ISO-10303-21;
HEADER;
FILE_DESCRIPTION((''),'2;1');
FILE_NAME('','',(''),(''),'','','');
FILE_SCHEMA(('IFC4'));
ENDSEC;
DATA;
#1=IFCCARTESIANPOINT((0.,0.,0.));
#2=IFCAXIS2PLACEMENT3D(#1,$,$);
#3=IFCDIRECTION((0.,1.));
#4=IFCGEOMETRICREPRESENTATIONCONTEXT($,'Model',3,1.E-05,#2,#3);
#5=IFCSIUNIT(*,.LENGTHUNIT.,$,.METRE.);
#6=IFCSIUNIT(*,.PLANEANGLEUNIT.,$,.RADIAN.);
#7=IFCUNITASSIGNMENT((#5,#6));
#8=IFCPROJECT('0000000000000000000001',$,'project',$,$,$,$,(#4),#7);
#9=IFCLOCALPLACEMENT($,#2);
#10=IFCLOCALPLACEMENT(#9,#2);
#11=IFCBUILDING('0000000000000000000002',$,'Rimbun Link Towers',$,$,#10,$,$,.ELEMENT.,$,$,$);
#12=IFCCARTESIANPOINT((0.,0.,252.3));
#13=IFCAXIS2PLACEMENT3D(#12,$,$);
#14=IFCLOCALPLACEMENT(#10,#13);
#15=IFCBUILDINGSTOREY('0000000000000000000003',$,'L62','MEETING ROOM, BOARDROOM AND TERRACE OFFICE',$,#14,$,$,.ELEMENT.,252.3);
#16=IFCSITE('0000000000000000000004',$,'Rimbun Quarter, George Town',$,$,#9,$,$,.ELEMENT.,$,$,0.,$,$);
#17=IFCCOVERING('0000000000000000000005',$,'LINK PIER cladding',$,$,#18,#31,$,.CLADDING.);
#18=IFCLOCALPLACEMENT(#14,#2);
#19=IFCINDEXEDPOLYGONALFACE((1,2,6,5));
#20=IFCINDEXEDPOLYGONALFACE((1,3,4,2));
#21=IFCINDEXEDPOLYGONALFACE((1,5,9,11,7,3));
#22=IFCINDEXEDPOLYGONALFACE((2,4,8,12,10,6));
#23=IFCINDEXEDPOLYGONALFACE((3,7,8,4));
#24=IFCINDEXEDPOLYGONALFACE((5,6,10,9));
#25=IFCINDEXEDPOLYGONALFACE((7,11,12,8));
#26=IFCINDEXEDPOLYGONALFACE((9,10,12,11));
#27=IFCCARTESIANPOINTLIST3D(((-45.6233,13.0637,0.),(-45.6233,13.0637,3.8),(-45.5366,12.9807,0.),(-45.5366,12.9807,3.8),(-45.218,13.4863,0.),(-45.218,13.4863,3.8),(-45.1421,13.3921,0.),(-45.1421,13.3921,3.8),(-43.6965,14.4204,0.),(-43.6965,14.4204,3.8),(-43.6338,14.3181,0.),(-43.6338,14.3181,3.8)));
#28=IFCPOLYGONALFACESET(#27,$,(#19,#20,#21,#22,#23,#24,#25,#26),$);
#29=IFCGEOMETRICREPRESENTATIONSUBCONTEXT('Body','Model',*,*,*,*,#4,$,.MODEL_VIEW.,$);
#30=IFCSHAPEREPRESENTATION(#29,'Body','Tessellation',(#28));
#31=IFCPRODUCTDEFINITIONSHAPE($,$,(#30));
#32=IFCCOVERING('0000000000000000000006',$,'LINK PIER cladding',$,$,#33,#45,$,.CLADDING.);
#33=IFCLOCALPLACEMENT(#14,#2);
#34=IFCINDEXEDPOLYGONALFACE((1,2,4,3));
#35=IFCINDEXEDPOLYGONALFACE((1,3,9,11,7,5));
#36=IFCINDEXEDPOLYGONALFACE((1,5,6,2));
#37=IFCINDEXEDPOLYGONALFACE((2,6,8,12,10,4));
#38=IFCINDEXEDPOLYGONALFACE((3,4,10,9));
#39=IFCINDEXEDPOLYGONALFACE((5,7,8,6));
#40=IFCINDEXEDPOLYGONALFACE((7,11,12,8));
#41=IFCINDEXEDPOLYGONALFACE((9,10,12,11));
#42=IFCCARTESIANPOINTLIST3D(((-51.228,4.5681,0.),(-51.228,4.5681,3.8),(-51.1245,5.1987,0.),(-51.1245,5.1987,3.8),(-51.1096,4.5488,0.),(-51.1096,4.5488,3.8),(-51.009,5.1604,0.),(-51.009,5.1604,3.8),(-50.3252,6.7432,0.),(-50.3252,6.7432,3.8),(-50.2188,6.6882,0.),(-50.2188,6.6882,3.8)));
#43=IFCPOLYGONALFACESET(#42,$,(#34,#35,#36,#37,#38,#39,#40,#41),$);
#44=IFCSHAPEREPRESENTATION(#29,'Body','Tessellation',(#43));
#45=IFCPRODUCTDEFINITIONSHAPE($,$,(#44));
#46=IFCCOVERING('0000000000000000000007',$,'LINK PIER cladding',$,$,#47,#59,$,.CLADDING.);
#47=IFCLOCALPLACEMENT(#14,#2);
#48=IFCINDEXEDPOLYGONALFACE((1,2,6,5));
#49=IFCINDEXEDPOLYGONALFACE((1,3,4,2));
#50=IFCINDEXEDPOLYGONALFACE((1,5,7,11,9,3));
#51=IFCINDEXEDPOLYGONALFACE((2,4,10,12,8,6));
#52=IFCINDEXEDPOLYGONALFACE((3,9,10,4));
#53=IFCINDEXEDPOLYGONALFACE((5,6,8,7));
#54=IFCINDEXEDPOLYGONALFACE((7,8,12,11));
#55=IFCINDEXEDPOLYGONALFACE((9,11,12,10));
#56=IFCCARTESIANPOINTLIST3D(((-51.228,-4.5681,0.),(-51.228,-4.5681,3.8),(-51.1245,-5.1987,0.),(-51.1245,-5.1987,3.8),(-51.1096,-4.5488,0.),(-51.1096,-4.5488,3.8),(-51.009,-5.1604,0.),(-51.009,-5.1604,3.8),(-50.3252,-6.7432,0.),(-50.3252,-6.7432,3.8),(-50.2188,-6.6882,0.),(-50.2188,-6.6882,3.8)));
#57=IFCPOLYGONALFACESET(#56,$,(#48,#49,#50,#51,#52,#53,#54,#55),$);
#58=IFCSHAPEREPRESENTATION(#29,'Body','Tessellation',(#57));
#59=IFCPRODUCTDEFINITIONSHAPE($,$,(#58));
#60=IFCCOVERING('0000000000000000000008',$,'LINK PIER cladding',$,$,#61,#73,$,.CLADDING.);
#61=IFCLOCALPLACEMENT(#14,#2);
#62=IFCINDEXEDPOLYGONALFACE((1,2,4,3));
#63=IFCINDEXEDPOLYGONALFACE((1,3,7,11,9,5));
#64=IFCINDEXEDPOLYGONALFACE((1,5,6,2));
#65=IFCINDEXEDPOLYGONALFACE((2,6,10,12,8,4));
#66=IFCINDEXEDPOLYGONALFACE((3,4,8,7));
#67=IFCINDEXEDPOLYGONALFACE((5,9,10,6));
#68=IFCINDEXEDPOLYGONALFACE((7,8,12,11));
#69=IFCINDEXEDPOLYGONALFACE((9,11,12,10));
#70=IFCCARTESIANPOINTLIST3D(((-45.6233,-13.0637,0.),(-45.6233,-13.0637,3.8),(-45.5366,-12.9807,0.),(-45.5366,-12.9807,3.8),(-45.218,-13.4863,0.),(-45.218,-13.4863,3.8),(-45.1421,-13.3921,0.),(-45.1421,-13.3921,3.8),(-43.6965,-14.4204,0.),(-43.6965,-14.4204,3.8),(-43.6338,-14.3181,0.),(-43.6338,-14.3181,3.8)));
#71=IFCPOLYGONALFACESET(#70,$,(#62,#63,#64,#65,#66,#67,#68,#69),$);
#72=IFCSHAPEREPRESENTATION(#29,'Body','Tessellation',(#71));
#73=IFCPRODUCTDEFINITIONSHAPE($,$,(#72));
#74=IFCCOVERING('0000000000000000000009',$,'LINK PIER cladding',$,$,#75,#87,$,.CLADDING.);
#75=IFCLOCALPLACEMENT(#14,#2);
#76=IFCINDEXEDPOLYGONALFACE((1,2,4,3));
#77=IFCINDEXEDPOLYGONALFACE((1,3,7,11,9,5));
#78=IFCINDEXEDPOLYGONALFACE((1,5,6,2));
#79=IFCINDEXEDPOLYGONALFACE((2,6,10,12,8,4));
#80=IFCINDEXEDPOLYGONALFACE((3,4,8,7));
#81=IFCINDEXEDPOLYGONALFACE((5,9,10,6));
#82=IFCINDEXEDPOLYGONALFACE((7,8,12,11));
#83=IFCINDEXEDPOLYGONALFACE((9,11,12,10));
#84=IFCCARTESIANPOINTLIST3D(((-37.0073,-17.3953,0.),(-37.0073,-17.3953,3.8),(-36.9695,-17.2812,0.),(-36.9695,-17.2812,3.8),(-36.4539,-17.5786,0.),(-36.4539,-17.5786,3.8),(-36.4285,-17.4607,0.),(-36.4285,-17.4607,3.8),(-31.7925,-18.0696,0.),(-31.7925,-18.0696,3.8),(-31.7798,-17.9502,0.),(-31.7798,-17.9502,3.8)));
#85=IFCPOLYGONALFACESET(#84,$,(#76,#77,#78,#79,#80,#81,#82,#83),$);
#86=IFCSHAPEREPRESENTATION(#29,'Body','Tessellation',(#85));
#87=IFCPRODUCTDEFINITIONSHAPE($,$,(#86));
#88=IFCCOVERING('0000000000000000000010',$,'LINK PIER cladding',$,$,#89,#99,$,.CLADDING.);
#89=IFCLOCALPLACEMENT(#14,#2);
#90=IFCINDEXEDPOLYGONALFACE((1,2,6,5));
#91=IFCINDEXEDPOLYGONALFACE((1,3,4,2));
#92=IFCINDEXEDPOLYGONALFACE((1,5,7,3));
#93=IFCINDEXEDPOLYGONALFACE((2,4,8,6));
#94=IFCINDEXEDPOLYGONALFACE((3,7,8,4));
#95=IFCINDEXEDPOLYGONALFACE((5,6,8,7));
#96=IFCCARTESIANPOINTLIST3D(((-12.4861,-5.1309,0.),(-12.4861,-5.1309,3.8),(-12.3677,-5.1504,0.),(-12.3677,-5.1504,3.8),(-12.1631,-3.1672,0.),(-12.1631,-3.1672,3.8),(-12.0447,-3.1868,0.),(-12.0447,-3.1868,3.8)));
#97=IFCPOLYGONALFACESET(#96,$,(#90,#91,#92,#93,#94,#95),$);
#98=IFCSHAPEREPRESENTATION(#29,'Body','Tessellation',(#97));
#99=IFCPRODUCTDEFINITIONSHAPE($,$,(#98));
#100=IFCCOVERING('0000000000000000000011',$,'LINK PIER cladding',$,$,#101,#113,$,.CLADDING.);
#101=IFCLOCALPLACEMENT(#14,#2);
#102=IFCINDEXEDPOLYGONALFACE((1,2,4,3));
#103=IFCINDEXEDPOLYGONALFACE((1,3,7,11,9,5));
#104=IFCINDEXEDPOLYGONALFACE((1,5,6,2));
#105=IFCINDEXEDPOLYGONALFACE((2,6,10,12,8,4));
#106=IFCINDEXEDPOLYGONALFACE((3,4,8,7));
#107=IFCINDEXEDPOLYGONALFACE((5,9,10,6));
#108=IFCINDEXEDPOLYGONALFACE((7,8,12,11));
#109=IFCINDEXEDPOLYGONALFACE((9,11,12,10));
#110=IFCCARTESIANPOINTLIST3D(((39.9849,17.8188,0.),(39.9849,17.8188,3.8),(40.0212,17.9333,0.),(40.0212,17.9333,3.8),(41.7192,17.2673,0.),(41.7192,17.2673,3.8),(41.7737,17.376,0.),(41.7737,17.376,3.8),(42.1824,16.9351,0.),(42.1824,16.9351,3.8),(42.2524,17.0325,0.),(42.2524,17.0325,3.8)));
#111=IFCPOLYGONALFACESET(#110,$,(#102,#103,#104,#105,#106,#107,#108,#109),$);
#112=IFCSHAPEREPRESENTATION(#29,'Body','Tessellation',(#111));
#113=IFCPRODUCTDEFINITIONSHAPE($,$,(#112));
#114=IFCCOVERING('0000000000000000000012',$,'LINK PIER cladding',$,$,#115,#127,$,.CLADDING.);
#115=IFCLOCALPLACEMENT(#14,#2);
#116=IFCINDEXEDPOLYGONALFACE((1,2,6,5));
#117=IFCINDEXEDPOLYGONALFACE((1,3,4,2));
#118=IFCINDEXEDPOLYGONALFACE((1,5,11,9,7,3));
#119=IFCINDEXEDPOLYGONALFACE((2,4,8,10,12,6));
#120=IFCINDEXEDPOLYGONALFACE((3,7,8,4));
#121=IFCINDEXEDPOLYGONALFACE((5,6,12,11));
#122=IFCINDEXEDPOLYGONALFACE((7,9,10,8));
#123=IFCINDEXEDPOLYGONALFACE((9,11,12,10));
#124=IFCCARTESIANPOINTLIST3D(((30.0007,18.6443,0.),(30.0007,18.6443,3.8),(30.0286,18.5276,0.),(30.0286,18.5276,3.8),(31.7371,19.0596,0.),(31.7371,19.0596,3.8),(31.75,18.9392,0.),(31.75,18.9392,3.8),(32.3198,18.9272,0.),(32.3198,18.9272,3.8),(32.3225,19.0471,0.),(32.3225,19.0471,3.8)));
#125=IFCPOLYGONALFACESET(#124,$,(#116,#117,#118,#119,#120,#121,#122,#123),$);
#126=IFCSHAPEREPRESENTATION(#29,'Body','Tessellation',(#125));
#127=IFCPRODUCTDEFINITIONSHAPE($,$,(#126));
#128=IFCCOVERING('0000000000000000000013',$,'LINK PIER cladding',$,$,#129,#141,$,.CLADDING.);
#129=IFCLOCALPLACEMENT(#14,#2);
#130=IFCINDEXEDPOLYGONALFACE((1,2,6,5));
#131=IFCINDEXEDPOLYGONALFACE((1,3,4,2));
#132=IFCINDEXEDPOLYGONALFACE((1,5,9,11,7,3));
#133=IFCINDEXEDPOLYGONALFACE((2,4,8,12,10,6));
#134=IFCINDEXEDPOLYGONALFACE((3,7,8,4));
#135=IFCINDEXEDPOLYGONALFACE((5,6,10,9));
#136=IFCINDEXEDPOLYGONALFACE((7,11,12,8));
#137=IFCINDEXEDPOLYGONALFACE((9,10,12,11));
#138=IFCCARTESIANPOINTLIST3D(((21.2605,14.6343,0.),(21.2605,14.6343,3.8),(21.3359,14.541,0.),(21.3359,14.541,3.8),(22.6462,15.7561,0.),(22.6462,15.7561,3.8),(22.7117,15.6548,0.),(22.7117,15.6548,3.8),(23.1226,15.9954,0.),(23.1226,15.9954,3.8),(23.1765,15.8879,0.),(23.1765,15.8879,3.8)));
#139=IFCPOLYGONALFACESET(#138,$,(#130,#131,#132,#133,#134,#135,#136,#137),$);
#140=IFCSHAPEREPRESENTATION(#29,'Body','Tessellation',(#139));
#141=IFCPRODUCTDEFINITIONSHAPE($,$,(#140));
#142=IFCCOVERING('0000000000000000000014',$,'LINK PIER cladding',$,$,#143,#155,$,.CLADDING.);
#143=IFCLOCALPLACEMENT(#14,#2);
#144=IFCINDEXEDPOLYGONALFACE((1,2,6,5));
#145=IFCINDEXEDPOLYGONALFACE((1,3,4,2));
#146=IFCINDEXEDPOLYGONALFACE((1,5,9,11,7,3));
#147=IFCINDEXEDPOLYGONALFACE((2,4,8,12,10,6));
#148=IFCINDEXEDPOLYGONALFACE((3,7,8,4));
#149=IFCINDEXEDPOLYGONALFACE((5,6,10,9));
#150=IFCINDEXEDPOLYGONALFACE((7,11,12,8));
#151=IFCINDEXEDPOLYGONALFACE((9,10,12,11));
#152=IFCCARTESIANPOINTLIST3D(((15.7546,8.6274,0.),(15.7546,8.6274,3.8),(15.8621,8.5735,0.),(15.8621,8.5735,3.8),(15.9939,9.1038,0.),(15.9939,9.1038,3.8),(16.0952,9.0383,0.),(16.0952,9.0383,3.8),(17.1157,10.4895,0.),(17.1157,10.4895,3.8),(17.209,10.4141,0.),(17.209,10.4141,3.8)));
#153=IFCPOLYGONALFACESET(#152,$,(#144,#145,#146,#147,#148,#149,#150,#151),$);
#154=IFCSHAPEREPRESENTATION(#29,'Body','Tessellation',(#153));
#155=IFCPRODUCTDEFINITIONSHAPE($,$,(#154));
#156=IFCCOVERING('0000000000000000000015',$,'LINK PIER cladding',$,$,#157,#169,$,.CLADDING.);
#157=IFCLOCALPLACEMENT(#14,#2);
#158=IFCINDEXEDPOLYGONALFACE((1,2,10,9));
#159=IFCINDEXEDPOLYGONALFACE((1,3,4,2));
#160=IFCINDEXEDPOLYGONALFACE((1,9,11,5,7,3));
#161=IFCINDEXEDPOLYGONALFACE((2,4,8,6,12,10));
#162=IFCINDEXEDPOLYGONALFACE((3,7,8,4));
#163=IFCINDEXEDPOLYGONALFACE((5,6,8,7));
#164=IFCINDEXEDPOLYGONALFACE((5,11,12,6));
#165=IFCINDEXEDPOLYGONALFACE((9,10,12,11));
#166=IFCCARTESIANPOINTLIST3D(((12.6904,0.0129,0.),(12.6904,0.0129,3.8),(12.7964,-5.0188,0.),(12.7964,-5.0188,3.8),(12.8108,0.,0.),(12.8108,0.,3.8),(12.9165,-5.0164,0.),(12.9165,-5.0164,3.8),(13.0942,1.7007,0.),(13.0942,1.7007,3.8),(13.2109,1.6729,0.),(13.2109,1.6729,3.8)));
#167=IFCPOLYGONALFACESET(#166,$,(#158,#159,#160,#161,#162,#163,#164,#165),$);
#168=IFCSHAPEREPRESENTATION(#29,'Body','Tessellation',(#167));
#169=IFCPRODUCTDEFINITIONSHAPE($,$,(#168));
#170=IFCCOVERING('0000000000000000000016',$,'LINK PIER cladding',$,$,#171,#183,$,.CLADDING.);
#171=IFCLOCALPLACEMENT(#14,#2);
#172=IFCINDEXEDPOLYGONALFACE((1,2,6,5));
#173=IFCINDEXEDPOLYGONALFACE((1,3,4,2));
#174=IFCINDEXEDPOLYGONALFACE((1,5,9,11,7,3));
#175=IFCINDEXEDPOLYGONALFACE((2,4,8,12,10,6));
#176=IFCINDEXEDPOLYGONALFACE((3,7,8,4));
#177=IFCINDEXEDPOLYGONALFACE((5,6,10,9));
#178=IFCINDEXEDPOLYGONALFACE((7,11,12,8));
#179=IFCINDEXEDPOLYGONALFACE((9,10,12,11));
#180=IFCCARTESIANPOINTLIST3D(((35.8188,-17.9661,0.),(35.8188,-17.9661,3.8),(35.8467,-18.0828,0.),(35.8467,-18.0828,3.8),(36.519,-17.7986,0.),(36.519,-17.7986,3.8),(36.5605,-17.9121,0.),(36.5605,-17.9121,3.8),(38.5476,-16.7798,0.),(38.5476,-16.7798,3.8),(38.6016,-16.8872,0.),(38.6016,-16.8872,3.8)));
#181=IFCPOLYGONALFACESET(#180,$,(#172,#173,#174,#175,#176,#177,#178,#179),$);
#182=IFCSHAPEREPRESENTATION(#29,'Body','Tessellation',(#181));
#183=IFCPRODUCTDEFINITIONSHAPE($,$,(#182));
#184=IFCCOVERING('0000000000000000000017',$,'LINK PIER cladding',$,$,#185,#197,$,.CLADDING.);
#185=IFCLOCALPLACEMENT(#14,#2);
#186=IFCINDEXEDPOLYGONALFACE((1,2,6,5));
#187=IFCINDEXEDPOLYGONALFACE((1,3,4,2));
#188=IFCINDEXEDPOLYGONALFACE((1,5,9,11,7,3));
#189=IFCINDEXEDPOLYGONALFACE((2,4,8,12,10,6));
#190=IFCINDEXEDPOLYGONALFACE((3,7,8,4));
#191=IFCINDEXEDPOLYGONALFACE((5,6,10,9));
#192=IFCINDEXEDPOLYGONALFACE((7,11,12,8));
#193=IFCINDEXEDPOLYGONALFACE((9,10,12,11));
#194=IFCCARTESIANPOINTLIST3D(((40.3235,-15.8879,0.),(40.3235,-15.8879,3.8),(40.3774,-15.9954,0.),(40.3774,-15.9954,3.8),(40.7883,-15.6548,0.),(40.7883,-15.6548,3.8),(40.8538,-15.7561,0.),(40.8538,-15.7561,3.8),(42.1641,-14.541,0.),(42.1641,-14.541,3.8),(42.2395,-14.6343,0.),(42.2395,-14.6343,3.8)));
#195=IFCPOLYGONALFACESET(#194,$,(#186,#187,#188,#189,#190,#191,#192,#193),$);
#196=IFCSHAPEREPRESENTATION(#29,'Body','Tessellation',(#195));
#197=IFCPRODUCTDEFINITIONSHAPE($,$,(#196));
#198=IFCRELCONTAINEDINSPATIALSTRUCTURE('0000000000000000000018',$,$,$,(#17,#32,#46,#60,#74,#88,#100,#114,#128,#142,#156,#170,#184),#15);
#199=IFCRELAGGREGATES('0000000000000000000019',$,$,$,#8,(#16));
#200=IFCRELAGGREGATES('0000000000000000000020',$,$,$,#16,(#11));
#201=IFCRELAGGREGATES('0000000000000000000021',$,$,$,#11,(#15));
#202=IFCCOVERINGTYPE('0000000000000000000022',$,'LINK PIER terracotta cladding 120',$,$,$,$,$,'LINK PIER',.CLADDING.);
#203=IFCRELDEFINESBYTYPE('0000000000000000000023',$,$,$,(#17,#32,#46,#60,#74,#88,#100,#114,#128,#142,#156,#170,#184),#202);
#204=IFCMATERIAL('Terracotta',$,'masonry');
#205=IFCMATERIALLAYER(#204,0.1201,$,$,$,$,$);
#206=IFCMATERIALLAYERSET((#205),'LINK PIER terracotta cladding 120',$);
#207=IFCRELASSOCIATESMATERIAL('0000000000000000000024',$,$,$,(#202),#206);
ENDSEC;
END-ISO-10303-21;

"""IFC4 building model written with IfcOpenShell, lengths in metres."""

from ifc_helpers import new_model, si_unit, direction, frame, origin, place, context, subcontext, project, spatial, polyline, outline, extrude, material, layer, layer_set, type_object, element, save


model = new_model("IFC4")

# Units and contexts
model_context = context("Model", 3, precision=1e-05, world=origin(), true_north=direction((0.0, 1.0)))
body_context = subcontext(model_context, "Body", "Model", "MODEL_VIEW")
ifc_project = project(units=[si_unit("LENGTHUNIT", "METRE"), si_unit("PLANEANGLEUNIT", "RADIAN")], contexts=[model_context])

# Site, building, storey
site_placement = place(None, origin())
site = spatial("IfcSite", under=ifc_project, at=site_placement, Name="Rimbun Quarter, George Town", CompositionType="ELEMENT", RefElevation=0.0)
building_placement = place(site_placement, origin())
building = spatial("IfcBuilding", under=site, at=building_placement, Name="Rimbun Link Towers", CompositionType="ELEMENT")
storey_placement = place(building_placement, frame((0.0, 0.0, 252.3)))
storey = spatial("IfcBuildingStorey", under=building, at=storey_placement, Name="L62", Description="MEETING ROOM, BOARDROOM AND TERRACE OFFICE", CompositionType="ELEMENT", Elevation=252.3)

# Coverings
ifc_material_1 = material(Name="Terracotta", Category="masonry")
ifc_layer_1 = layer(ifc_material_1, 0.1201)
ifc_layer_set_1 = layer_set([ifc_layer_1], Name="LINK PIER terracotta cladding 120")
covering_type = type_object("IfcCoveringType", Name="LINK PIER terracotta cladding 120", ElementType="LINK PIER", PredefinedType="CLADDING", material=ifc_layer_set_1)
covering_1_placement = place(storey_placement, origin())
element("IfcCovering", 1, at=covering_1_placement, inside=storey, type_object=covering_type, Name="LINK PIER cladding", PredefinedType="CLADDING", context=body_context, shape_type="SweptSolid", body=[
    extrude(outline(polyline([(-45.5366, 12.9807), (-45.1421, 13.3921), (-43.6338, 14.3181), (-43.6965, 14.4204), (-45.218, 13.4863), (-45.6233, 13.0637), (-45.5366, 12.9807)])), origin(), (0.0, 0.0, 1.0), 3.8),
])
covering_2_placement = place(storey_placement, origin())
element("IfcCovering", 2, at=covering_2_placement, inside=storey, type_object=covering_type, Name="LINK PIER cladding", PredefinedType="CLADDING", context=body_context, shape_type="SweptSolid", body=[
    extrude(outline(polyline([(-51.1096, 4.5488), (-51.009, 5.1604), (-50.2188, 6.6882), (-50.3252, 6.7432), (-51.1245, 5.1987), (-51.228, 4.5681), (-51.1096, 4.5488)])), origin(), (0.0, 0.0, 1.0), 3.8),
])
covering_3_placement = place(storey_placement, origin())
element("IfcCovering", 3, at=covering_3_placement, inside=storey, type_object=covering_type, Name="LINK PIER cladding", PredefinedType="CLADDING", context=body_context, shape_type="SweptSolid", body=[
    extrude(outline(polyline([(-50.2188, -6.6882), (-51.009, -5.1604), (-51.1096, -4.5488), (-51.228, -4.5681), (-51.1245, -5.1987), (-50.3252, -6.7432), (-50.2188, -6.6882)])), origin(), (0.0, 0.0, 1.0), 3.8),
])
covering_4_placement = place(storey_placement, origin())
element("IfcCovering", 4, at=covering_4_placement, inside=storey, type_object=covering_type, Name="LINK PIER cladding", PredefinedType="CLADDING", context=body_context, shape_type="SweptSolid", body=[
    extrude(outline(polyline([(-43.6338, -14.3181), (-45.1421, -13.3921), (-45.5366, -12.9807), (-45.6233, -13.0637), (-45.218, -13.4863), (-43.6965, -14.4204), (-43.6338, -14.3181)])), origin(), (0.0, 0.0, 1.0), 3.8),
])
covering_5_placement = place(storey_placement, origin())
element("IfcCovering", 5, at=covering_5_placement, inside=storey, type_object=covering_type, Name="LINK PIER cladding", PredefinedType="CLADDING", context=body_context, shape_type="SweptSolid", body=[
    extrude(outline(polyline([(-31.7798, -17.9502), (-36.4285, -17.4607), (-36.9695, -17.2812), (-37.0073, -17.3953), (-36.4539, -17.5786), (-31.7925, -18.0696), (-31.7798, -17.9502)])), origin(), (0.0, 0.0, 1.0), 3.8),
])
covering_6_placement = place(storey_placement, origin())
element("IfcCovering", 6, at=covering_6_placement, inside=storey, type_object=covering_type, Name="LINK PIER cladding", PredefinedType="CLADDING", context=body_context, shape_type="SweptSolid", body=[
    extrude(outline(polyline([(-12.1631, -3.1672), (-12.4861, -5.1309), (-12.3677, -5.1504), (-12.0447, -3.1868), (-12.1631, -3.1672)])), origin(), (0.0, 0.0, 1.0), 3.8),
])
covering_7_placement = place(storey_placement, origin())
element("IfcCovering", 7, at=covering_7_placement, inside=storey, type_object=covering_type, Name="LINK PIER cladding", PredefinedType="CLADDING", context=body_context, shape_type="SweptSolid", body=[
    extrude(outline(polyline([(39.9849, 17.8188), (41.7192, 17.2673), (42.1824, 16.9351), (42.2524, 17.0325), (41.7737, 17.376), (40.0212, 17.9333), (39.9849, 17.8188)])), origin(), (0.0, 0.0, 1.0), 3.8),
])
covering_8_placement = place(storey_placement, origin())
element("IfcCovering", 8, at=covering_8_placement, inside=storey, type_object=covering_type, Name="LINK PIER cladding", PredefinedType="CLADDING", context=body_context, shape_type="SweptSolid", body=[
    extrude(outline(polyline([(30.0286, 18.5276), (31.75, 18.9392), (32.3198, 18.9272), (32.3225, 19.0471), (31.7371, 19.0596), (30.0007, 18.6443), (30.0286, 18.5276)])), origin(), (0.0, 0.0, 1.0), 3.8),
])
covering_9_placement = place(storey_placement, origin())
element("IfcCovering", 9, at=covering_9_placement, inside=storey, type_object=covering_type, Name="LINK PIER cladding", PredefinedType="CLADDING", context=body_context, shape_type="SweptSolid", body=[
    extrude(outline(polyline([(21.3359, 14.541), (22.7117, 15.6548), (23.1765, 15.8879), (23.1226, 15.9954), (22.6462, 15.7561), (21.2605, 14.6343), (21.3359, 14.541)])), origin(), (0.0, 0.0, 1.0), 3.8),
])
covering_10_placement = place(storey_placement, origin())
element("IfcCovering", 10, at=covering_10_placement, inside=storey, type_object=covering_type, Name="LINK PIER cladding", PredefinedType="CLADDING", context=body_context, shape_type="SweptSolid", body=[
    extrude(outline(polyline([(15.8621, 8.5735), (16.0952, 9.0383), (17.209, 10.4141), (17.1157, 10.4895), (15.9939, 9.1038), (15.7546, 8.6274), (15.8621, 8.5735)])), origin(), (0.0, 0.0, 1.0), 3.8),
])
covering_11_placement = place(storey_placement, origin())
element("IfcCovering", 11, at=covering_11_placement, inside=storey, type_object=covering_type, Name="LINK PIER cladding", PredefinedType="CLADDING", context=body_context, shape_type="SweptSolid", body=[
    extrude(outline(polyline([(12.9165, -5.0164), (12.8108, 0.0), (13.2109, 1.6729), (13.0942, 1.7007), (12.6904, 0.0129), (12.7964, -5.0188), (12.9165, -5.0164)])), origin(), (0.0, 0.0, 1.0), 3.8),
])
covering_12_placement = place(storey_placement, origin())
element("IfcCovering", 12, at=covering_12_placement, inside=storey, type_object=covering_type, Name="LINK PIER cladding", PredefinedType="CLADDING", context=body_context, shape_type="SweptSolid", body=[
    extrude(outline(polyline([(38.5476, -16.7798), (36.519, -17.7986), (35.8188, -17.9661), (35.8467, -18.0828), (36.5605, -17.9121), (38.6016, -16.8872), (38.5476, -16.7798)])), origin(), (0.0, 0.0, 1.0), 3.8),
])
covering_13_placement = place(storey_placement, origin())
element("IfcCovering", 13, at=covering_13_placement, inside=storey, type_object=covering_type, Name="LINK PIER cladding", PredefinedType="CLADDING", context=body_context, shape_type="SweptSolid", body=[
    extrude(outline(polyline([(42.1641, -14.541), (40.7883, -15.6548), (40.3235, -15.8879), (40.3774, -15.9954), (40.8538, -15.7561), (42.2395, -14.6343), (42.1641, -14.541)])), origin(), (0.0, 0.0, 1.0), 3.8),
])

save(model, "model.ifc")
